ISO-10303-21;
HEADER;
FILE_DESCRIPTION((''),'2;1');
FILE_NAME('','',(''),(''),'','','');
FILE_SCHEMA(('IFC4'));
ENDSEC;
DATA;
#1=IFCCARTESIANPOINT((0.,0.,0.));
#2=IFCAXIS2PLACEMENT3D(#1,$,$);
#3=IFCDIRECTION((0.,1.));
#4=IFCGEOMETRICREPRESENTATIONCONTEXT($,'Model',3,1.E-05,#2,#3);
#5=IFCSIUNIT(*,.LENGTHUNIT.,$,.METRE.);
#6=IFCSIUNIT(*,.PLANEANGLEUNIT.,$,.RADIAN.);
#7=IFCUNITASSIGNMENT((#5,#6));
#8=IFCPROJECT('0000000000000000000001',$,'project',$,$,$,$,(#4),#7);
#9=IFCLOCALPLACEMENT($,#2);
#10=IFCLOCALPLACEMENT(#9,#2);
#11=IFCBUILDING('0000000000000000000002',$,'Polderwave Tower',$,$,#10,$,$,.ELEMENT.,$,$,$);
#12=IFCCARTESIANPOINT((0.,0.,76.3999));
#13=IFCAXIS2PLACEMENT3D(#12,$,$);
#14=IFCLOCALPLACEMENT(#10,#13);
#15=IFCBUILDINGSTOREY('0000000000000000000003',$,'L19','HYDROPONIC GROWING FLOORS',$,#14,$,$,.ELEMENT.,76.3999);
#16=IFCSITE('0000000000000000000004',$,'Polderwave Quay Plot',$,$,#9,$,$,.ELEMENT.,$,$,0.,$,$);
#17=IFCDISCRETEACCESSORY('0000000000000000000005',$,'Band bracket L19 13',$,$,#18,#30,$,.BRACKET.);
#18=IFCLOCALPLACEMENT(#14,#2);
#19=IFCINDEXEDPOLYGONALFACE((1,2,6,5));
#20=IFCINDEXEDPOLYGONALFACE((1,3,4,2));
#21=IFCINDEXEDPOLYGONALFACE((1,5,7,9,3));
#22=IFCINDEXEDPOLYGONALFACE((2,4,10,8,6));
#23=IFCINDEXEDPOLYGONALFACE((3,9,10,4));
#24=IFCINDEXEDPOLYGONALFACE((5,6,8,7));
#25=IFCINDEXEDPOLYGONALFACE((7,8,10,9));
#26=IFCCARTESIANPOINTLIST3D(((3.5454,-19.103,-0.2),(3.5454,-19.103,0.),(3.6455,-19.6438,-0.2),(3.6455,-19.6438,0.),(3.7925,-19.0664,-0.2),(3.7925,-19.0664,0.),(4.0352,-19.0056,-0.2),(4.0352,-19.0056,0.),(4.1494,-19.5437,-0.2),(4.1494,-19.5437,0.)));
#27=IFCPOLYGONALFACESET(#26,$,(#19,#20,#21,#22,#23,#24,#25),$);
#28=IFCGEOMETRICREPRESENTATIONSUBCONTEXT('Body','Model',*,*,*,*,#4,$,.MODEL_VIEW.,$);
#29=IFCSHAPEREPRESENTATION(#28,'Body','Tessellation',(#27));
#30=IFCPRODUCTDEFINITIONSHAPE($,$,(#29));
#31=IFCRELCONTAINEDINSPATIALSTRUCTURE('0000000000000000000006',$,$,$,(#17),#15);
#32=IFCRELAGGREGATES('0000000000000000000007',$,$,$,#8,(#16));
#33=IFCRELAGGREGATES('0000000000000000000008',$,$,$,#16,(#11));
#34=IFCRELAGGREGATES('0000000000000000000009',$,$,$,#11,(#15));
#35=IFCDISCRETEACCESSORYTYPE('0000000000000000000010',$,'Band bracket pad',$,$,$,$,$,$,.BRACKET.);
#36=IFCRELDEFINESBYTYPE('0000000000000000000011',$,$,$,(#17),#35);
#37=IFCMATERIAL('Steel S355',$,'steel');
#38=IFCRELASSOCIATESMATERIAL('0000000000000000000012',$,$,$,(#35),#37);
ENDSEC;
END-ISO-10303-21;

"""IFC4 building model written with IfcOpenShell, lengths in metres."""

from ifc_helpers import new_model, si_unit, direction, frame, origin, place, context, subcontext, project, spatial, polyline, outline, extrude, material, type_object, element, save


model = new_model("IFC4")

# Units and contexts
model_context = context("Model", 3, precision=1e-05, world=origin(), true_north=direction((0.0, 1.0)))
body_context = subcontext(model_context, "Body", "Model", "MODEL_VIEW")
ifc_project = project(units=[si_unit("LENGTHUNIT", "METRE"), si_unit("PLANEANGLEUNIT", "RADIAN")], contexts=[model_context])

# Site, building, storey
site_placement = place(None, origin())
site = spatial("IfcSite", under=ifc_project, at=site_placement, Name="Polderwave Quay Plot", CompositionType="ELEMENT", RefElevation=0.0)
building_placement = place(site_placement, origin())
building = spatial("IfcBuilding", under=site, at=building_placement, Name="Polderwave Tower", CompositionType="ELEMENT")
storey_placement = place(building_placement, frame((0.0, 0.0, 76.3999)))
storey = spatial("IfcBuildingStorey", under=building, at=storey_placement, Name="L19", Description="HYDROPONIC GROWING FLOORS", CompositionType="ELEMENT", Elevation=76.3999)

# Discrete accessory
ifc_material_1 = material(Name="Steel S355", Category="steel")
discrete_accessory_type = type_object("IfcDiscreteAccessoryType", Name="Band bracket pad", PredefinedType="BRACKET", material=ifc_material_1)
discrete_accessory_placement = place(storey_placement, frame((0.0, 0.0, -0.2)))
element("IfcDiscreteAccessory", 1, at=discrete_accessory_placement, inside=storey, type_object=discrete_accessory_type, Name="Band bracket L19 13", PredefinedType="BRACKET", context=body_context, shape_type="SweptSolid", body=[
    extrude(outline(polyline([(3.5454, -19.103), (3.7925, -19.0664), (4.0352, -19.0056), (4.1494, -19.5437), (3.6455, -19.6438), (3.5454, -19.103)])), origin(), (0.0, 0.0, 1.0), 0.2),
])

save(model, "model.ifc")
